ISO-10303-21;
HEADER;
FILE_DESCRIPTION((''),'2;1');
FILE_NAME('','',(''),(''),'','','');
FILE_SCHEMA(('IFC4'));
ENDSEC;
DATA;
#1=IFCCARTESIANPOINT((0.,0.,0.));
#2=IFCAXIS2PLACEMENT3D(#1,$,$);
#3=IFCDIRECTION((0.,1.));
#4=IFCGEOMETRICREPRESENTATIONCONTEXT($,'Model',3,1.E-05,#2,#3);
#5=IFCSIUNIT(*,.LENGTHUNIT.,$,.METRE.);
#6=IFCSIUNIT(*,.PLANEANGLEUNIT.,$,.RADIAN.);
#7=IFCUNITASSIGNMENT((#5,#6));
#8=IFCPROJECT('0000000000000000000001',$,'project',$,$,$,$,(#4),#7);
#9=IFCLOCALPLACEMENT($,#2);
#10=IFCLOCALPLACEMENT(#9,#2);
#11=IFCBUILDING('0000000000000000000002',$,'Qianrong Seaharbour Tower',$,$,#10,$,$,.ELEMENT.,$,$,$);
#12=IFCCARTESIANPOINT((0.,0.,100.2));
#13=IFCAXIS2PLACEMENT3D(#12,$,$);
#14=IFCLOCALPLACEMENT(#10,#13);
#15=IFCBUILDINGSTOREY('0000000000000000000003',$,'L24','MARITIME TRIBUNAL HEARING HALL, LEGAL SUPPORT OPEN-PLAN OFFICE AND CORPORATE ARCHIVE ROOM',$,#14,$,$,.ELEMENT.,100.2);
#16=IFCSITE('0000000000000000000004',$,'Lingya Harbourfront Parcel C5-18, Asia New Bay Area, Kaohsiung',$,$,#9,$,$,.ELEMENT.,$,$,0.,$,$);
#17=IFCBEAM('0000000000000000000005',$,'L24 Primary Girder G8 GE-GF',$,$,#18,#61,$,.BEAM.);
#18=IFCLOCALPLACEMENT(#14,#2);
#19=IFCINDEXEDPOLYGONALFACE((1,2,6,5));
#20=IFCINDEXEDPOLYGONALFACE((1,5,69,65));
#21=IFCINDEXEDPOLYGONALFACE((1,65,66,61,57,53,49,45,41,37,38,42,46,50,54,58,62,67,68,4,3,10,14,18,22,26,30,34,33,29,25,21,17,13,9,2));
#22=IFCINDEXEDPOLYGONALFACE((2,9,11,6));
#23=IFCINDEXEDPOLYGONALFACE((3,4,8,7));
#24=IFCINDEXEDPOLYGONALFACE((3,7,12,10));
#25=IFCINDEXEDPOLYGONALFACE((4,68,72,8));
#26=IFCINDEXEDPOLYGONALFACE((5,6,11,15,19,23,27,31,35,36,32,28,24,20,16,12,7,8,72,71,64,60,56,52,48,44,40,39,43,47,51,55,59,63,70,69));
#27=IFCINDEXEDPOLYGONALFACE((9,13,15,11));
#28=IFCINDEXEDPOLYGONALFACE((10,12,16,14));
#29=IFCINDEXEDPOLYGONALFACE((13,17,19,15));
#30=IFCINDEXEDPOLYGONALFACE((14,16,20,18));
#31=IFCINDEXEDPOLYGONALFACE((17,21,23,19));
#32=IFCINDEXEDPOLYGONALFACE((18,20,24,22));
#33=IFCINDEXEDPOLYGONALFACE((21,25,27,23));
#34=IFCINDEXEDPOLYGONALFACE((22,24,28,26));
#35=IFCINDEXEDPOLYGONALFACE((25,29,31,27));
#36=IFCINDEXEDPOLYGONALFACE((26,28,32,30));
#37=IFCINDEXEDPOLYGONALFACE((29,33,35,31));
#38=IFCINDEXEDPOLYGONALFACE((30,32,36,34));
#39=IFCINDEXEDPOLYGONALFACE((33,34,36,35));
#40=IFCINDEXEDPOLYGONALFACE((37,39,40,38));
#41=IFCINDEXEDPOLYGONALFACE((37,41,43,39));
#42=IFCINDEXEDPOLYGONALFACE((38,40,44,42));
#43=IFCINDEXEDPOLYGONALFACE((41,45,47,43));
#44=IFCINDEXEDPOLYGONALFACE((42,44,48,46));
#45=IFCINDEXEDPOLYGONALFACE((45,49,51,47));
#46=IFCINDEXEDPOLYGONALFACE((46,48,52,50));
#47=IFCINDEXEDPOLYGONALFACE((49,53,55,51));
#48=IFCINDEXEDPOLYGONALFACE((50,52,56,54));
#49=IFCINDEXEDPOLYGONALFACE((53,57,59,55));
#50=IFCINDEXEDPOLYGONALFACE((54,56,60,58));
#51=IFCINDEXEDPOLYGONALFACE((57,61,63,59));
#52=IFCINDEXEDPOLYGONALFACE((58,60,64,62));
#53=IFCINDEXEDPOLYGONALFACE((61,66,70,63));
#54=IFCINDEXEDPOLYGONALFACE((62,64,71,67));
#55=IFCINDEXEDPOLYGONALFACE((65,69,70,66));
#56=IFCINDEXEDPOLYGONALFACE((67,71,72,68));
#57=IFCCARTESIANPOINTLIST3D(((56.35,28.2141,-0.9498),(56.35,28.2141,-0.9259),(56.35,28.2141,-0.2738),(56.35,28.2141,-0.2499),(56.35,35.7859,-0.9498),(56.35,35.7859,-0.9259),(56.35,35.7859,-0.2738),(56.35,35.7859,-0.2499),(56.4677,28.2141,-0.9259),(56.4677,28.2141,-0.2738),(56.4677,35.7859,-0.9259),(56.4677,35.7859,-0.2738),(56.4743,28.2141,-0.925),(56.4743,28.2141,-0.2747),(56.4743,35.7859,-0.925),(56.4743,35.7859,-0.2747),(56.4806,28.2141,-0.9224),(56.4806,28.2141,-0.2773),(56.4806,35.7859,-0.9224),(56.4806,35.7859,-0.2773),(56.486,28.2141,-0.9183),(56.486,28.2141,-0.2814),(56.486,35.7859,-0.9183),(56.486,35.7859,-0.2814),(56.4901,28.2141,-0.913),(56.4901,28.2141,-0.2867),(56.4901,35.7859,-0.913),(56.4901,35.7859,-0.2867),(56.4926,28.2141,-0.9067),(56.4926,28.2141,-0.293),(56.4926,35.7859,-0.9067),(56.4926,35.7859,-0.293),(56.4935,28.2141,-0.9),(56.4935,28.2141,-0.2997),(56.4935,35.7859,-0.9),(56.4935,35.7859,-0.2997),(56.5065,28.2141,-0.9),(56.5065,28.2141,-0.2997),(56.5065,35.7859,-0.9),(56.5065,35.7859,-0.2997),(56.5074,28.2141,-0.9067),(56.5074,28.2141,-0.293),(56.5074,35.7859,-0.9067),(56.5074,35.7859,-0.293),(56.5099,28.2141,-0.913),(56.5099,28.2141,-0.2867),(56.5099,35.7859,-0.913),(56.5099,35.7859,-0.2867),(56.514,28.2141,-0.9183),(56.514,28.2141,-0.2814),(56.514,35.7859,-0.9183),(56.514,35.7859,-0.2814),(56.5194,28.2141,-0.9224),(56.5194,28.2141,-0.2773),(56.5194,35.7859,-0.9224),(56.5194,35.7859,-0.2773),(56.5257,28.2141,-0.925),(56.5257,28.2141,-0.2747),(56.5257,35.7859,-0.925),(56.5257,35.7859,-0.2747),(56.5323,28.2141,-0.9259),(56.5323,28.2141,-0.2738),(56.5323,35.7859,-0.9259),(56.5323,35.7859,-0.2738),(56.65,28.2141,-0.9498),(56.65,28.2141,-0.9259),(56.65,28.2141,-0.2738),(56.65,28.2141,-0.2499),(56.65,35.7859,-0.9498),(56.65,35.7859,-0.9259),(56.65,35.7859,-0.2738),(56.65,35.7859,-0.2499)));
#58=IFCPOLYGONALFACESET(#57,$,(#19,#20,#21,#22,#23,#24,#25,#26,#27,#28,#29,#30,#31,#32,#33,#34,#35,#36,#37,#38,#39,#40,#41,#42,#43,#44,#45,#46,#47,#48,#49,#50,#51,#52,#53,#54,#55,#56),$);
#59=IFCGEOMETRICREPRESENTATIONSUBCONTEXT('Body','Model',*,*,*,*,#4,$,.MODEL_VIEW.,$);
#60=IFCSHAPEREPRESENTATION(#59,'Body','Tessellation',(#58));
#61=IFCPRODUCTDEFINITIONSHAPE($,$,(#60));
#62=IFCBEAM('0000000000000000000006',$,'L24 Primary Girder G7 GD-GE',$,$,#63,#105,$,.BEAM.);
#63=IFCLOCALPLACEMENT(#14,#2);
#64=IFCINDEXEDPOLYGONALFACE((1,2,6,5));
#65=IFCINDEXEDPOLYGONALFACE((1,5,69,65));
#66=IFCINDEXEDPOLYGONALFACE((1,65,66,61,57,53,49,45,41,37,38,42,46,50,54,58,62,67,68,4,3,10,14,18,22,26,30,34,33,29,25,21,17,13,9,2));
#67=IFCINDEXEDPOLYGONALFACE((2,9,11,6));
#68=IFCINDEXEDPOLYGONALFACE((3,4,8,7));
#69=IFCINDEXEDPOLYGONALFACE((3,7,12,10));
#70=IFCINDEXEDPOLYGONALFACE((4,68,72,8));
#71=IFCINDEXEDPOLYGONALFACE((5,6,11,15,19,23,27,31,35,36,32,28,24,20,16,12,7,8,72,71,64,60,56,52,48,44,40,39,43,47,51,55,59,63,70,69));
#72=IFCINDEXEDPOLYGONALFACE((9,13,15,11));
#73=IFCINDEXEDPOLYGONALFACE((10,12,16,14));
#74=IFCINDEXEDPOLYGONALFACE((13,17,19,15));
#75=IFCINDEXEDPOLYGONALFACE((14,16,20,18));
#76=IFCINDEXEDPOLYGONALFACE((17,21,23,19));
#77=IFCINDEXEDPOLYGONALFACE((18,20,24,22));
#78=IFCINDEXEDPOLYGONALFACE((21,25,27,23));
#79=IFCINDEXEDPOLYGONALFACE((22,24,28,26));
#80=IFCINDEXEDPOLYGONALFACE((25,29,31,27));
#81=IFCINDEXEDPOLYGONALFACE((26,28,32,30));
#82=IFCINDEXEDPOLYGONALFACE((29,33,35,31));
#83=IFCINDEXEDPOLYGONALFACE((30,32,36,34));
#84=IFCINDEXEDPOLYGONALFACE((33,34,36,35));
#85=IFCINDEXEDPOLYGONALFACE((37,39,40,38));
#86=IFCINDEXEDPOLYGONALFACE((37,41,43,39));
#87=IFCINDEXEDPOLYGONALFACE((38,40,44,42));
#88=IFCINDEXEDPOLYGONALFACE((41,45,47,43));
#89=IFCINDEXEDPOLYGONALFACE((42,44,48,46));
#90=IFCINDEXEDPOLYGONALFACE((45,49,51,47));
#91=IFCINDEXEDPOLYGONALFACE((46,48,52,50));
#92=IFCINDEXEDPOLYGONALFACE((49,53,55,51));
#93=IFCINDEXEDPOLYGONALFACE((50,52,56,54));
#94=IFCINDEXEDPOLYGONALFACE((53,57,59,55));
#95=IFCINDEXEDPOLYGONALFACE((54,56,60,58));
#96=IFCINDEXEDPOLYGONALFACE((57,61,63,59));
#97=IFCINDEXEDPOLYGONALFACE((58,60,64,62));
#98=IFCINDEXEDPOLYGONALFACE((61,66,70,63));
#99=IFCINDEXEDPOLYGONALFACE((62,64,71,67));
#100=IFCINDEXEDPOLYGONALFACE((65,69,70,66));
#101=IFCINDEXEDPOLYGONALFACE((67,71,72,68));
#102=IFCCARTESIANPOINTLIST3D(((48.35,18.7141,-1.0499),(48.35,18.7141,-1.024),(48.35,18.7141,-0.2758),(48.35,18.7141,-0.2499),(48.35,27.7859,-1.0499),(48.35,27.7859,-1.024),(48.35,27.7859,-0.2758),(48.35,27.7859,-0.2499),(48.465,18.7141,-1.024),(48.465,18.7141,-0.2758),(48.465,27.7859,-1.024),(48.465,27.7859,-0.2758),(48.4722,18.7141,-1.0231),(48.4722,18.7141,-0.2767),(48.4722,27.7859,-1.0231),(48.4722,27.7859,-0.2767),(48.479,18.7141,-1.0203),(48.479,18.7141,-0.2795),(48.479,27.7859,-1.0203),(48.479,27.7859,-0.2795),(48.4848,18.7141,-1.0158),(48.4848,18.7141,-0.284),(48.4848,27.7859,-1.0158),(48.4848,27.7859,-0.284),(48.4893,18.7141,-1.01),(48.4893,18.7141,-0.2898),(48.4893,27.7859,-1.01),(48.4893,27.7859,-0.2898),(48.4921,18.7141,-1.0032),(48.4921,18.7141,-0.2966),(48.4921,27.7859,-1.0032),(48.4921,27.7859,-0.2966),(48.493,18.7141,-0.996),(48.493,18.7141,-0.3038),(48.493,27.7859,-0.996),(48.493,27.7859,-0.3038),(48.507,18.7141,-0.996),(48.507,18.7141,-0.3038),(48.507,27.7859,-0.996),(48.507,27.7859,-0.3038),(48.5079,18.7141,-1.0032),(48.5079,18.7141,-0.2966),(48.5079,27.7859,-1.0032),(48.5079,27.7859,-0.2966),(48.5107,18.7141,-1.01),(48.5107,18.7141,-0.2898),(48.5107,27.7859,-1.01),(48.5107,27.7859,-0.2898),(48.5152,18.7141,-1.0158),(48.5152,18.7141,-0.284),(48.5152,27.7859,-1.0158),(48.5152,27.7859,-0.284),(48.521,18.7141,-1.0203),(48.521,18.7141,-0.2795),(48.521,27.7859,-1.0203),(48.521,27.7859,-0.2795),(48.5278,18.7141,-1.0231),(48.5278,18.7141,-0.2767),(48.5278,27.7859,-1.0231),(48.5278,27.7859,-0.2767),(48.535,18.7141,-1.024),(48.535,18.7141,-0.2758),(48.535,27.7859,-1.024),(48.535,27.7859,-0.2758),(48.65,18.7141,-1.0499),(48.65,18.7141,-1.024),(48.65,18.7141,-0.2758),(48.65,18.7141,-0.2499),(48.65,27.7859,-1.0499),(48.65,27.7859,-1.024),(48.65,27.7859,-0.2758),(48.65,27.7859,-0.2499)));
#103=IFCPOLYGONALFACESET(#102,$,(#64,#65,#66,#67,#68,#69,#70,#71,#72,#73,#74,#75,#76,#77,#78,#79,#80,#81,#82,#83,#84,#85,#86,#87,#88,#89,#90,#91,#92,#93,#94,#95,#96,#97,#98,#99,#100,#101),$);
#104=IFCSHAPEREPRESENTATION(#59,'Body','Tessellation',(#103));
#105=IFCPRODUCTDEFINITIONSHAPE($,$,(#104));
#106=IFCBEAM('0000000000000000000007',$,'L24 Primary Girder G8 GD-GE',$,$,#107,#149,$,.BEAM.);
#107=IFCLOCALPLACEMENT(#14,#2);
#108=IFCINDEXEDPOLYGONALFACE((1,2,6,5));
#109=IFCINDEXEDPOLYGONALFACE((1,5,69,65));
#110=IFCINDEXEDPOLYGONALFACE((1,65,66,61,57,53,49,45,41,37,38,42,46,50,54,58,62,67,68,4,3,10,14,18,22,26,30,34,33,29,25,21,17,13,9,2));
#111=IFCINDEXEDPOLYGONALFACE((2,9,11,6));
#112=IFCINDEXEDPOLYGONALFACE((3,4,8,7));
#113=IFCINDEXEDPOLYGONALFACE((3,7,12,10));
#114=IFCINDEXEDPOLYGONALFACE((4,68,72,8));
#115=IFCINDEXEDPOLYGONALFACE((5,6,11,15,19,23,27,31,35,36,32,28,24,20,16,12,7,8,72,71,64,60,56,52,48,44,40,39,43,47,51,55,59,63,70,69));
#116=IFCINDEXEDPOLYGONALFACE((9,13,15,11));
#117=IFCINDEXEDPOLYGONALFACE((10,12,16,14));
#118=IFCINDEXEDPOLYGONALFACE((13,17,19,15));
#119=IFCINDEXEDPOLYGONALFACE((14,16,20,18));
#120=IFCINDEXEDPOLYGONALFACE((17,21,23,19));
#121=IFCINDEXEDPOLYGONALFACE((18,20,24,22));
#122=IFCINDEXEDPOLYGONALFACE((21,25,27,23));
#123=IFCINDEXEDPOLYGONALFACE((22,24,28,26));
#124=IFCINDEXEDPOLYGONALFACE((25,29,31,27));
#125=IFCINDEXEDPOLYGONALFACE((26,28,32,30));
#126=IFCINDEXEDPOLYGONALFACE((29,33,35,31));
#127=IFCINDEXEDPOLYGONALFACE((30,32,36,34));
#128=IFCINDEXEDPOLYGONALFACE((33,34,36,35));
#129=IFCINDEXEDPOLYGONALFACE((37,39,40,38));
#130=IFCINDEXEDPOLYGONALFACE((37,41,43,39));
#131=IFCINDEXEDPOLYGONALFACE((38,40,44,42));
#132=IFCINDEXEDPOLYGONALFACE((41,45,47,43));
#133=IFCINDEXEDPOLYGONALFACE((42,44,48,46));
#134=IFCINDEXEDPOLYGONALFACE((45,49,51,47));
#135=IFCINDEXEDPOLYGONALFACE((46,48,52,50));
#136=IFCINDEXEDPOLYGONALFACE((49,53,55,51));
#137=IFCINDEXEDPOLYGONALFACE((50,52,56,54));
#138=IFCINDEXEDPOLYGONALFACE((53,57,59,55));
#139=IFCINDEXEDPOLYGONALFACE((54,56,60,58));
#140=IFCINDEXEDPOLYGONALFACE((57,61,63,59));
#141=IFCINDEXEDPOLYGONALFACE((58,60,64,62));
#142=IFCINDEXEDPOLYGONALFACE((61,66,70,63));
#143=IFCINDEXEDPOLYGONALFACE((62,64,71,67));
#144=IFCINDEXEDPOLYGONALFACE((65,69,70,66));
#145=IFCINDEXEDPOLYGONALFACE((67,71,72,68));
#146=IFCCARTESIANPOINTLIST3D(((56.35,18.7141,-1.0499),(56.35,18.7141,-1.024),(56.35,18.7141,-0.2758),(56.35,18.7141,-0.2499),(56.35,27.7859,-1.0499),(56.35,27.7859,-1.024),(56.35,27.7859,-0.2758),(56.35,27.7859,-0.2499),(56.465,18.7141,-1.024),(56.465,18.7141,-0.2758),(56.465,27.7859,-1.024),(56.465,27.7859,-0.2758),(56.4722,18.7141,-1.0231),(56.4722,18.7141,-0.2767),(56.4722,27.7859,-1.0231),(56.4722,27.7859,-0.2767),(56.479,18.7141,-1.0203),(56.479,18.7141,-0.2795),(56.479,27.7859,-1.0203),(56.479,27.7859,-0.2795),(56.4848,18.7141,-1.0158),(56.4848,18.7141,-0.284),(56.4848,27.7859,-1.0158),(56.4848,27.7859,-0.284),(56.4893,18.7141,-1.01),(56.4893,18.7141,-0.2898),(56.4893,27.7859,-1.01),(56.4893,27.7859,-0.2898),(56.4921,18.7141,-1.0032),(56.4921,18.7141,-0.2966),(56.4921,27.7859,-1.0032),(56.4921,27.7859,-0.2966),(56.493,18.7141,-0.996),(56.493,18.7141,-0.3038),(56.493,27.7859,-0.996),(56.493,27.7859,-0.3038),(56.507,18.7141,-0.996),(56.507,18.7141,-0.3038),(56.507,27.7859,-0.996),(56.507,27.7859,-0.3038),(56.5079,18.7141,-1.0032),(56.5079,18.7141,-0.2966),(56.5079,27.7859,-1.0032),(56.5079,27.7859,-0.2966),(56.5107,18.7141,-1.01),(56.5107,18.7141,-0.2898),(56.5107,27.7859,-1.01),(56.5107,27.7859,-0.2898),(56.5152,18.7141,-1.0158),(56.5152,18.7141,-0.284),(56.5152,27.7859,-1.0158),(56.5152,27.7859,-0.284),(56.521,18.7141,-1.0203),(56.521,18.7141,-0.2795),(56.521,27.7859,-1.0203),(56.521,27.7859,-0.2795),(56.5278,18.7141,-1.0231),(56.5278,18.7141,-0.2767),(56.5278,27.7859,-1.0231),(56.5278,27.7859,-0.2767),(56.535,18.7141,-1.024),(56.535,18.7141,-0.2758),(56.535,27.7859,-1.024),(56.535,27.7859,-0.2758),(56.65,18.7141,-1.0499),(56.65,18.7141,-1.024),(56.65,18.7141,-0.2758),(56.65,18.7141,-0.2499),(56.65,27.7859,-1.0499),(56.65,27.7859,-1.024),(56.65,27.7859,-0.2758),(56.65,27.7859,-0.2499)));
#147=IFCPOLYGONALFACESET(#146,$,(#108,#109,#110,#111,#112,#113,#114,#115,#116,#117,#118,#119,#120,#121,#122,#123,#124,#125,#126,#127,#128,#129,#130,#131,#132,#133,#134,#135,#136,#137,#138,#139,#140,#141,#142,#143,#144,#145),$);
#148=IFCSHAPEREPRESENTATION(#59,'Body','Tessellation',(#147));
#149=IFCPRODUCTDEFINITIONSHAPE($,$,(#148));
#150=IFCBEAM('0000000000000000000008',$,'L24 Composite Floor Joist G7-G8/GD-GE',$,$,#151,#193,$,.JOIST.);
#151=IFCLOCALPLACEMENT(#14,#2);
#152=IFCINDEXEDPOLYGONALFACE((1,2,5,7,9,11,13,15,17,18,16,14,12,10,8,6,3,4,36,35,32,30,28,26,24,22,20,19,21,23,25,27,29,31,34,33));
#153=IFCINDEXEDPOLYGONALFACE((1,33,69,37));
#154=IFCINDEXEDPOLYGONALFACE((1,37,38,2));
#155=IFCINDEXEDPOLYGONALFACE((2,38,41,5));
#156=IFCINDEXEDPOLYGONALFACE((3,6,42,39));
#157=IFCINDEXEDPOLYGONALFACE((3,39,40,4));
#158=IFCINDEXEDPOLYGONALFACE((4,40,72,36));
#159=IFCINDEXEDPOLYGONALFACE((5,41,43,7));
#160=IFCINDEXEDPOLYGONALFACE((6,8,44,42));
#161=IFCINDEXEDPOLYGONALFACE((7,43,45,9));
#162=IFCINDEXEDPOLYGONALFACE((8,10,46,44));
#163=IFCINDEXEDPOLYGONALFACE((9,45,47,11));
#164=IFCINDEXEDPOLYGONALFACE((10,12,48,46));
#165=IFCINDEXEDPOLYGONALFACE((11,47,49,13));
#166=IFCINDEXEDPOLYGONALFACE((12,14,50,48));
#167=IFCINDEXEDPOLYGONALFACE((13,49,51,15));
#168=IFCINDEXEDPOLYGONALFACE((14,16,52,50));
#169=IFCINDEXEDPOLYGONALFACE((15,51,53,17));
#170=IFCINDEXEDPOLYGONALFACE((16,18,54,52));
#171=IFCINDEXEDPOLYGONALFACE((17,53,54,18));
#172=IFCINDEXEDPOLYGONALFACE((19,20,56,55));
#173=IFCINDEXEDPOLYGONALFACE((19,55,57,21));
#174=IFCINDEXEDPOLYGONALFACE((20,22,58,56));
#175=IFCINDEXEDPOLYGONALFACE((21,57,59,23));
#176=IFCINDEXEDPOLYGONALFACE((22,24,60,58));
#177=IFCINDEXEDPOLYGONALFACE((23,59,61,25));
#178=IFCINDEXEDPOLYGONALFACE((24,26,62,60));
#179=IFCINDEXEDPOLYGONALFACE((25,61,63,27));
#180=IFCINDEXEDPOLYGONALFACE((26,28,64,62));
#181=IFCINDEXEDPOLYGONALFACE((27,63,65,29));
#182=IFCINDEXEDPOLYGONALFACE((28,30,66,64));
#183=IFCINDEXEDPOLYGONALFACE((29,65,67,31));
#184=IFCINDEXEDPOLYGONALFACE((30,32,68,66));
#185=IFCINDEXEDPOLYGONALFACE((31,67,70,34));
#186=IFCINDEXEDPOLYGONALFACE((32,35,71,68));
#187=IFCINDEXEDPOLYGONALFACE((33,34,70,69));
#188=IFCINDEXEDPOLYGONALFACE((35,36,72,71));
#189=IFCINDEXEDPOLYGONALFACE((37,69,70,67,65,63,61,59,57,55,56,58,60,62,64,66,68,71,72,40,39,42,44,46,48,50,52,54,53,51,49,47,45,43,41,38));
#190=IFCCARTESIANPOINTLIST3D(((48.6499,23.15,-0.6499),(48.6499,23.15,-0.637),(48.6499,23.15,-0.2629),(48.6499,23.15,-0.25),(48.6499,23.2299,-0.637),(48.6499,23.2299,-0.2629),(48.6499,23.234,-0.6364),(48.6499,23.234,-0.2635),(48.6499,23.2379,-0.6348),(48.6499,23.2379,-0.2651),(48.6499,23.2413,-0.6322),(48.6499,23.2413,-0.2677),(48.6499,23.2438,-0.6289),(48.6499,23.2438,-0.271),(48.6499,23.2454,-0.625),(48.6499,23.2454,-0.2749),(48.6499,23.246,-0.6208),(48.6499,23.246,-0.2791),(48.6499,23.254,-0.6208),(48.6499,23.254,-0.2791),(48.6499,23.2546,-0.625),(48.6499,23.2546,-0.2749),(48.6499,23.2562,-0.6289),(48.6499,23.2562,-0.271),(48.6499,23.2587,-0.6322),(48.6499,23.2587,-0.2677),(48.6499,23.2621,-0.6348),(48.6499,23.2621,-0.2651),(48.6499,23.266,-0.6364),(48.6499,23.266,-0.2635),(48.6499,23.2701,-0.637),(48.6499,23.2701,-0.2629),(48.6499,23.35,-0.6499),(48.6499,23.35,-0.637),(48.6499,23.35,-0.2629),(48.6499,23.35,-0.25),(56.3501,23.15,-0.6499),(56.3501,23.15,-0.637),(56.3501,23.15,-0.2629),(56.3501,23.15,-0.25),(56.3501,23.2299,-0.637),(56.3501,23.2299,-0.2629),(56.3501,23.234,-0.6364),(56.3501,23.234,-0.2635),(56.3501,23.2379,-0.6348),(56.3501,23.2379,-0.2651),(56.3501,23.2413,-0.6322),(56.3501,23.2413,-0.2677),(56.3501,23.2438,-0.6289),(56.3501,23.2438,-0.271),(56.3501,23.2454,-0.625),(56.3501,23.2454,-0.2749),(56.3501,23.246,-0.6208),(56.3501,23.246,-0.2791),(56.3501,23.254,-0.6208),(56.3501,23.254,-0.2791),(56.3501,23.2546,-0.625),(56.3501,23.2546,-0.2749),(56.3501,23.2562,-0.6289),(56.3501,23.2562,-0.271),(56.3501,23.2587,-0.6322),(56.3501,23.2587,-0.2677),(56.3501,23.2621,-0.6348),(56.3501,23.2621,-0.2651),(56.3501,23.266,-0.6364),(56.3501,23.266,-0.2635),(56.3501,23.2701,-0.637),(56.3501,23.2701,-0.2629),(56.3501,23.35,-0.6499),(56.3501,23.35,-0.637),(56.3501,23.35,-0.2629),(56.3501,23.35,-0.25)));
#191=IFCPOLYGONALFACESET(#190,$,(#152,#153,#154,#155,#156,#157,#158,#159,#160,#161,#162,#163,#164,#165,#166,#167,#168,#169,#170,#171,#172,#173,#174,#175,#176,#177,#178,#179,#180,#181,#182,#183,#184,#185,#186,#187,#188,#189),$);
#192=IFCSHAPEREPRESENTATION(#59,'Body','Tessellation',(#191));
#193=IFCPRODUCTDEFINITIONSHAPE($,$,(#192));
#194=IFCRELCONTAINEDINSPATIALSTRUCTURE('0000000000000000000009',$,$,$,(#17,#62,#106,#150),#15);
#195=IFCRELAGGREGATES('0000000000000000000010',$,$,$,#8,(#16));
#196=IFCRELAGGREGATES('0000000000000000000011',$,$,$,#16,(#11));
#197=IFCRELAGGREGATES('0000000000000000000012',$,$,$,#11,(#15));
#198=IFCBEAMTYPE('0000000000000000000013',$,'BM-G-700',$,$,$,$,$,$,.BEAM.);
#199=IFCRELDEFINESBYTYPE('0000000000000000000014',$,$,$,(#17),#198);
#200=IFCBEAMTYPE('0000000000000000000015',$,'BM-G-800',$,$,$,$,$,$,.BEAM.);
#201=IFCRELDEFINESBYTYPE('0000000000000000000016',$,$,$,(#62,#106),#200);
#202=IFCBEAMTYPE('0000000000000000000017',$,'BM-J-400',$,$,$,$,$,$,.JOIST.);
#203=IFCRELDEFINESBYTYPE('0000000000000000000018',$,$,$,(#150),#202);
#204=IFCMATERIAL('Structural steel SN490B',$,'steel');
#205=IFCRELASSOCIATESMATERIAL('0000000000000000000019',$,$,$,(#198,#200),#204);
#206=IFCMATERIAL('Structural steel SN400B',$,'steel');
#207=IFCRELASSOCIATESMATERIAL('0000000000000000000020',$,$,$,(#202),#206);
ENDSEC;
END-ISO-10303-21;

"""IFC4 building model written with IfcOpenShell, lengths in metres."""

from ifc_helpers import new_model, si_unit, direction, frame, origin, origin_2d, place, context, subcontext, project, spatial, i_section, extrude, material, material_profile, profile_set, type_object, element, save


model = new_model("IFC4")

# Units and contexts
model_context = context("Model", 3, precision=1e-05, world=origin(), true_north=direction((0.0, 1.0)))
body_context = subcontext(model_context, "Body", "Model", "MODEL_VIEW")
ifc_project = project(units=[si_unit("LENGTHUNIT", "METRE"), si_unit("PLANEANGLEUNIT", "RADIAN")], contexts=[model_context])

# Site, building, storey
site_placement = place(None, origin())
site = spatial("IfcSite", under=ifc_project, at=site_placement, Name="Lingya Harbourfront Parcel C5-18, Asia New Bay Area, Kaohsiung", CompositionType="ELEMENT", RefElevation=0.0)
building_placement = place(site_placement, origin())
building = spatial("IfcBuilding", under=site, at=building_placement, Name="Qianrong Seaharbour Tower", CompositionType="ELEMENT")
storey_placement = place(building_placement, frame((0.0, 0.0, 100.2)))
storey = spatial("IfcBuildingStorey", under=building, at=storey_placement, Name="L24", Description="MARITIME TRIBUNAL HEARING HALL, LEGAL SUPPORT OPEN-PLAN OFFICE AND CORPORATE ARCHIVE ROOM", CompositionType="ELEMENT", Elevation=100.2)

# Shared definitions
ifc_material_1 = material(Name="Structural steel SN490B", Category="steel")

# Beams
ifc_material_profile_1 = material_profile(ifc_material_1, i_section(OverallWidth=0.3, OverallDepth=0.7, WebThickness=0.0129, FlangeThickness=0.0239, FilletRadius=0.0259, at=origin_2d()), Name="H700x300x13x24")
ifc_profile_set_1 = profile_set([ifc_material_profile_1], Name="Structural steel SN490B")
beam_type_1 = type_object("IfcBeamType", Name="BM-G-700", PredefinedType="BEAM", material=ifc_profile_set_1)
for number, where, z_axis, x_axis, name in (
    (1, (56.5, 28.2141, -0.5999), (0.0, 1.0, 0.0), (-1.0, 0.0, 0.0), "L24 Primary Girder G8 GE-GF"),
):
    element("IfcBeam", number, at=place(storey_placement, frame(where, z_axis=z_axis, x_axis=x_axis)), inside=storey, type_object=beam_type_1, Name=name, PredefinedType="BEAM", context=body_context, shape_type="SweptSolid", body=[
        extrude(i_section(OverallWidth=0.3, OverallDepth=0.7, WebThickness=0.0129, FlangeThickness=0.0239, FilletRadius=0.0259, at=origin_2d()), origin(), (0.0, 0.0, 1.0), 7.5718),
    ])
ifc_material_profile_2 = material_profile(ifc_material_1, i_section(OverallWidth=0.3, OverallDepth=0.8, WebThickness=0.0139, FlangeThickness=0.0259, FilletRadius=0.0281, at=origin_2d()), Name="H800x300x14x26")
ifc_profile_set_2 = profile_set([ifc_material_profile_2], Name="Structural steel SN490B")
beam_type_2 = type_object("IfcBeamType", Name="BM-G-800", PredefinedType="BEAM", material=ifc_profile_set_2)
for number, where, z_axis, x_axis, name in (
    (2, (48.5, 18.7141, -0.6499), (0.0, 1.0, 0.0), (-1.0, 0.0, 0.0), "L24 Primary Girder G7 GD-GE"),
    (3, (56.5, 18.7141, -0.6499), (0.0, 1.0, 0.0), (-1.0, 0.0, 0.0), "L24 Primary Girder G8 GD-GE"),
):
    element("IfcBeam", number, at=place(storey_placement, frame(where, z_axis=z_axis, x_axis=x_axis)), inside=storey, type_object=beam_type_2, Name=name, PredefinedType="BEAM", context=body_context, shape_type="SweptSolid", body=[
        extrude(i_section(OverallWidth=0.3, OverallDepth=0.8, WebThickness=0.0139, FlangeThickness=0.0259, FilletRadius=0.0281, at=origin_2d()), origin(), (0.0, 0.0, 1.0), 9.0718),
    ])
ifc_material_2 = material(Name="Structural steel SN400B", Category="steel")
ifc_material_profile_3 = material_profile(ifc_material_2, i_section(OverallWidth=0.2, OverallDepth=0.3999, WebThickness=0.0081, FlangeThickness=0.0129, FilletRadius=0.0161, at=origin_2d()), Name="H400x200x8x13")
ifc_profile_set_3 = profile_set([ifc_material_profile_3], Name="Structural steel SN400B")
beam_type_3 = type_object("IfcBeamType", Name="BM-J-400", PredefinedType="JOIST", material=ifc_profile_set_3)
for number, where, z_axis, x_axis, name in (
    (4, (48.6499, 23.25, -0.45), (1.0, 0.0, 0.0), (0.0, 1.0, 0.0), "L24 Composite Floor Joist G7-G8/GD-GE"),
):
    element("IfcBeam", number, at=place(storey_placement, frame(where, z_axis=z_axis, x_axis=x_axis)), inside=storey, type_object=beam_type_3, Name=name, PredefinedType="JOIST", context=body_context, shape_type="SweptSolid", body=[
        extrude(i_section(OverallWidth=0.2, OverallDepth=0.3999, WebThickness=0.0081, FlangeThickness=0.0129, FilletRadius=0.0161, at=origin_2d()), origin(), (0.0, 0.0, 1.0), 7.7002),
    ])

save(model, "model.ifc")
